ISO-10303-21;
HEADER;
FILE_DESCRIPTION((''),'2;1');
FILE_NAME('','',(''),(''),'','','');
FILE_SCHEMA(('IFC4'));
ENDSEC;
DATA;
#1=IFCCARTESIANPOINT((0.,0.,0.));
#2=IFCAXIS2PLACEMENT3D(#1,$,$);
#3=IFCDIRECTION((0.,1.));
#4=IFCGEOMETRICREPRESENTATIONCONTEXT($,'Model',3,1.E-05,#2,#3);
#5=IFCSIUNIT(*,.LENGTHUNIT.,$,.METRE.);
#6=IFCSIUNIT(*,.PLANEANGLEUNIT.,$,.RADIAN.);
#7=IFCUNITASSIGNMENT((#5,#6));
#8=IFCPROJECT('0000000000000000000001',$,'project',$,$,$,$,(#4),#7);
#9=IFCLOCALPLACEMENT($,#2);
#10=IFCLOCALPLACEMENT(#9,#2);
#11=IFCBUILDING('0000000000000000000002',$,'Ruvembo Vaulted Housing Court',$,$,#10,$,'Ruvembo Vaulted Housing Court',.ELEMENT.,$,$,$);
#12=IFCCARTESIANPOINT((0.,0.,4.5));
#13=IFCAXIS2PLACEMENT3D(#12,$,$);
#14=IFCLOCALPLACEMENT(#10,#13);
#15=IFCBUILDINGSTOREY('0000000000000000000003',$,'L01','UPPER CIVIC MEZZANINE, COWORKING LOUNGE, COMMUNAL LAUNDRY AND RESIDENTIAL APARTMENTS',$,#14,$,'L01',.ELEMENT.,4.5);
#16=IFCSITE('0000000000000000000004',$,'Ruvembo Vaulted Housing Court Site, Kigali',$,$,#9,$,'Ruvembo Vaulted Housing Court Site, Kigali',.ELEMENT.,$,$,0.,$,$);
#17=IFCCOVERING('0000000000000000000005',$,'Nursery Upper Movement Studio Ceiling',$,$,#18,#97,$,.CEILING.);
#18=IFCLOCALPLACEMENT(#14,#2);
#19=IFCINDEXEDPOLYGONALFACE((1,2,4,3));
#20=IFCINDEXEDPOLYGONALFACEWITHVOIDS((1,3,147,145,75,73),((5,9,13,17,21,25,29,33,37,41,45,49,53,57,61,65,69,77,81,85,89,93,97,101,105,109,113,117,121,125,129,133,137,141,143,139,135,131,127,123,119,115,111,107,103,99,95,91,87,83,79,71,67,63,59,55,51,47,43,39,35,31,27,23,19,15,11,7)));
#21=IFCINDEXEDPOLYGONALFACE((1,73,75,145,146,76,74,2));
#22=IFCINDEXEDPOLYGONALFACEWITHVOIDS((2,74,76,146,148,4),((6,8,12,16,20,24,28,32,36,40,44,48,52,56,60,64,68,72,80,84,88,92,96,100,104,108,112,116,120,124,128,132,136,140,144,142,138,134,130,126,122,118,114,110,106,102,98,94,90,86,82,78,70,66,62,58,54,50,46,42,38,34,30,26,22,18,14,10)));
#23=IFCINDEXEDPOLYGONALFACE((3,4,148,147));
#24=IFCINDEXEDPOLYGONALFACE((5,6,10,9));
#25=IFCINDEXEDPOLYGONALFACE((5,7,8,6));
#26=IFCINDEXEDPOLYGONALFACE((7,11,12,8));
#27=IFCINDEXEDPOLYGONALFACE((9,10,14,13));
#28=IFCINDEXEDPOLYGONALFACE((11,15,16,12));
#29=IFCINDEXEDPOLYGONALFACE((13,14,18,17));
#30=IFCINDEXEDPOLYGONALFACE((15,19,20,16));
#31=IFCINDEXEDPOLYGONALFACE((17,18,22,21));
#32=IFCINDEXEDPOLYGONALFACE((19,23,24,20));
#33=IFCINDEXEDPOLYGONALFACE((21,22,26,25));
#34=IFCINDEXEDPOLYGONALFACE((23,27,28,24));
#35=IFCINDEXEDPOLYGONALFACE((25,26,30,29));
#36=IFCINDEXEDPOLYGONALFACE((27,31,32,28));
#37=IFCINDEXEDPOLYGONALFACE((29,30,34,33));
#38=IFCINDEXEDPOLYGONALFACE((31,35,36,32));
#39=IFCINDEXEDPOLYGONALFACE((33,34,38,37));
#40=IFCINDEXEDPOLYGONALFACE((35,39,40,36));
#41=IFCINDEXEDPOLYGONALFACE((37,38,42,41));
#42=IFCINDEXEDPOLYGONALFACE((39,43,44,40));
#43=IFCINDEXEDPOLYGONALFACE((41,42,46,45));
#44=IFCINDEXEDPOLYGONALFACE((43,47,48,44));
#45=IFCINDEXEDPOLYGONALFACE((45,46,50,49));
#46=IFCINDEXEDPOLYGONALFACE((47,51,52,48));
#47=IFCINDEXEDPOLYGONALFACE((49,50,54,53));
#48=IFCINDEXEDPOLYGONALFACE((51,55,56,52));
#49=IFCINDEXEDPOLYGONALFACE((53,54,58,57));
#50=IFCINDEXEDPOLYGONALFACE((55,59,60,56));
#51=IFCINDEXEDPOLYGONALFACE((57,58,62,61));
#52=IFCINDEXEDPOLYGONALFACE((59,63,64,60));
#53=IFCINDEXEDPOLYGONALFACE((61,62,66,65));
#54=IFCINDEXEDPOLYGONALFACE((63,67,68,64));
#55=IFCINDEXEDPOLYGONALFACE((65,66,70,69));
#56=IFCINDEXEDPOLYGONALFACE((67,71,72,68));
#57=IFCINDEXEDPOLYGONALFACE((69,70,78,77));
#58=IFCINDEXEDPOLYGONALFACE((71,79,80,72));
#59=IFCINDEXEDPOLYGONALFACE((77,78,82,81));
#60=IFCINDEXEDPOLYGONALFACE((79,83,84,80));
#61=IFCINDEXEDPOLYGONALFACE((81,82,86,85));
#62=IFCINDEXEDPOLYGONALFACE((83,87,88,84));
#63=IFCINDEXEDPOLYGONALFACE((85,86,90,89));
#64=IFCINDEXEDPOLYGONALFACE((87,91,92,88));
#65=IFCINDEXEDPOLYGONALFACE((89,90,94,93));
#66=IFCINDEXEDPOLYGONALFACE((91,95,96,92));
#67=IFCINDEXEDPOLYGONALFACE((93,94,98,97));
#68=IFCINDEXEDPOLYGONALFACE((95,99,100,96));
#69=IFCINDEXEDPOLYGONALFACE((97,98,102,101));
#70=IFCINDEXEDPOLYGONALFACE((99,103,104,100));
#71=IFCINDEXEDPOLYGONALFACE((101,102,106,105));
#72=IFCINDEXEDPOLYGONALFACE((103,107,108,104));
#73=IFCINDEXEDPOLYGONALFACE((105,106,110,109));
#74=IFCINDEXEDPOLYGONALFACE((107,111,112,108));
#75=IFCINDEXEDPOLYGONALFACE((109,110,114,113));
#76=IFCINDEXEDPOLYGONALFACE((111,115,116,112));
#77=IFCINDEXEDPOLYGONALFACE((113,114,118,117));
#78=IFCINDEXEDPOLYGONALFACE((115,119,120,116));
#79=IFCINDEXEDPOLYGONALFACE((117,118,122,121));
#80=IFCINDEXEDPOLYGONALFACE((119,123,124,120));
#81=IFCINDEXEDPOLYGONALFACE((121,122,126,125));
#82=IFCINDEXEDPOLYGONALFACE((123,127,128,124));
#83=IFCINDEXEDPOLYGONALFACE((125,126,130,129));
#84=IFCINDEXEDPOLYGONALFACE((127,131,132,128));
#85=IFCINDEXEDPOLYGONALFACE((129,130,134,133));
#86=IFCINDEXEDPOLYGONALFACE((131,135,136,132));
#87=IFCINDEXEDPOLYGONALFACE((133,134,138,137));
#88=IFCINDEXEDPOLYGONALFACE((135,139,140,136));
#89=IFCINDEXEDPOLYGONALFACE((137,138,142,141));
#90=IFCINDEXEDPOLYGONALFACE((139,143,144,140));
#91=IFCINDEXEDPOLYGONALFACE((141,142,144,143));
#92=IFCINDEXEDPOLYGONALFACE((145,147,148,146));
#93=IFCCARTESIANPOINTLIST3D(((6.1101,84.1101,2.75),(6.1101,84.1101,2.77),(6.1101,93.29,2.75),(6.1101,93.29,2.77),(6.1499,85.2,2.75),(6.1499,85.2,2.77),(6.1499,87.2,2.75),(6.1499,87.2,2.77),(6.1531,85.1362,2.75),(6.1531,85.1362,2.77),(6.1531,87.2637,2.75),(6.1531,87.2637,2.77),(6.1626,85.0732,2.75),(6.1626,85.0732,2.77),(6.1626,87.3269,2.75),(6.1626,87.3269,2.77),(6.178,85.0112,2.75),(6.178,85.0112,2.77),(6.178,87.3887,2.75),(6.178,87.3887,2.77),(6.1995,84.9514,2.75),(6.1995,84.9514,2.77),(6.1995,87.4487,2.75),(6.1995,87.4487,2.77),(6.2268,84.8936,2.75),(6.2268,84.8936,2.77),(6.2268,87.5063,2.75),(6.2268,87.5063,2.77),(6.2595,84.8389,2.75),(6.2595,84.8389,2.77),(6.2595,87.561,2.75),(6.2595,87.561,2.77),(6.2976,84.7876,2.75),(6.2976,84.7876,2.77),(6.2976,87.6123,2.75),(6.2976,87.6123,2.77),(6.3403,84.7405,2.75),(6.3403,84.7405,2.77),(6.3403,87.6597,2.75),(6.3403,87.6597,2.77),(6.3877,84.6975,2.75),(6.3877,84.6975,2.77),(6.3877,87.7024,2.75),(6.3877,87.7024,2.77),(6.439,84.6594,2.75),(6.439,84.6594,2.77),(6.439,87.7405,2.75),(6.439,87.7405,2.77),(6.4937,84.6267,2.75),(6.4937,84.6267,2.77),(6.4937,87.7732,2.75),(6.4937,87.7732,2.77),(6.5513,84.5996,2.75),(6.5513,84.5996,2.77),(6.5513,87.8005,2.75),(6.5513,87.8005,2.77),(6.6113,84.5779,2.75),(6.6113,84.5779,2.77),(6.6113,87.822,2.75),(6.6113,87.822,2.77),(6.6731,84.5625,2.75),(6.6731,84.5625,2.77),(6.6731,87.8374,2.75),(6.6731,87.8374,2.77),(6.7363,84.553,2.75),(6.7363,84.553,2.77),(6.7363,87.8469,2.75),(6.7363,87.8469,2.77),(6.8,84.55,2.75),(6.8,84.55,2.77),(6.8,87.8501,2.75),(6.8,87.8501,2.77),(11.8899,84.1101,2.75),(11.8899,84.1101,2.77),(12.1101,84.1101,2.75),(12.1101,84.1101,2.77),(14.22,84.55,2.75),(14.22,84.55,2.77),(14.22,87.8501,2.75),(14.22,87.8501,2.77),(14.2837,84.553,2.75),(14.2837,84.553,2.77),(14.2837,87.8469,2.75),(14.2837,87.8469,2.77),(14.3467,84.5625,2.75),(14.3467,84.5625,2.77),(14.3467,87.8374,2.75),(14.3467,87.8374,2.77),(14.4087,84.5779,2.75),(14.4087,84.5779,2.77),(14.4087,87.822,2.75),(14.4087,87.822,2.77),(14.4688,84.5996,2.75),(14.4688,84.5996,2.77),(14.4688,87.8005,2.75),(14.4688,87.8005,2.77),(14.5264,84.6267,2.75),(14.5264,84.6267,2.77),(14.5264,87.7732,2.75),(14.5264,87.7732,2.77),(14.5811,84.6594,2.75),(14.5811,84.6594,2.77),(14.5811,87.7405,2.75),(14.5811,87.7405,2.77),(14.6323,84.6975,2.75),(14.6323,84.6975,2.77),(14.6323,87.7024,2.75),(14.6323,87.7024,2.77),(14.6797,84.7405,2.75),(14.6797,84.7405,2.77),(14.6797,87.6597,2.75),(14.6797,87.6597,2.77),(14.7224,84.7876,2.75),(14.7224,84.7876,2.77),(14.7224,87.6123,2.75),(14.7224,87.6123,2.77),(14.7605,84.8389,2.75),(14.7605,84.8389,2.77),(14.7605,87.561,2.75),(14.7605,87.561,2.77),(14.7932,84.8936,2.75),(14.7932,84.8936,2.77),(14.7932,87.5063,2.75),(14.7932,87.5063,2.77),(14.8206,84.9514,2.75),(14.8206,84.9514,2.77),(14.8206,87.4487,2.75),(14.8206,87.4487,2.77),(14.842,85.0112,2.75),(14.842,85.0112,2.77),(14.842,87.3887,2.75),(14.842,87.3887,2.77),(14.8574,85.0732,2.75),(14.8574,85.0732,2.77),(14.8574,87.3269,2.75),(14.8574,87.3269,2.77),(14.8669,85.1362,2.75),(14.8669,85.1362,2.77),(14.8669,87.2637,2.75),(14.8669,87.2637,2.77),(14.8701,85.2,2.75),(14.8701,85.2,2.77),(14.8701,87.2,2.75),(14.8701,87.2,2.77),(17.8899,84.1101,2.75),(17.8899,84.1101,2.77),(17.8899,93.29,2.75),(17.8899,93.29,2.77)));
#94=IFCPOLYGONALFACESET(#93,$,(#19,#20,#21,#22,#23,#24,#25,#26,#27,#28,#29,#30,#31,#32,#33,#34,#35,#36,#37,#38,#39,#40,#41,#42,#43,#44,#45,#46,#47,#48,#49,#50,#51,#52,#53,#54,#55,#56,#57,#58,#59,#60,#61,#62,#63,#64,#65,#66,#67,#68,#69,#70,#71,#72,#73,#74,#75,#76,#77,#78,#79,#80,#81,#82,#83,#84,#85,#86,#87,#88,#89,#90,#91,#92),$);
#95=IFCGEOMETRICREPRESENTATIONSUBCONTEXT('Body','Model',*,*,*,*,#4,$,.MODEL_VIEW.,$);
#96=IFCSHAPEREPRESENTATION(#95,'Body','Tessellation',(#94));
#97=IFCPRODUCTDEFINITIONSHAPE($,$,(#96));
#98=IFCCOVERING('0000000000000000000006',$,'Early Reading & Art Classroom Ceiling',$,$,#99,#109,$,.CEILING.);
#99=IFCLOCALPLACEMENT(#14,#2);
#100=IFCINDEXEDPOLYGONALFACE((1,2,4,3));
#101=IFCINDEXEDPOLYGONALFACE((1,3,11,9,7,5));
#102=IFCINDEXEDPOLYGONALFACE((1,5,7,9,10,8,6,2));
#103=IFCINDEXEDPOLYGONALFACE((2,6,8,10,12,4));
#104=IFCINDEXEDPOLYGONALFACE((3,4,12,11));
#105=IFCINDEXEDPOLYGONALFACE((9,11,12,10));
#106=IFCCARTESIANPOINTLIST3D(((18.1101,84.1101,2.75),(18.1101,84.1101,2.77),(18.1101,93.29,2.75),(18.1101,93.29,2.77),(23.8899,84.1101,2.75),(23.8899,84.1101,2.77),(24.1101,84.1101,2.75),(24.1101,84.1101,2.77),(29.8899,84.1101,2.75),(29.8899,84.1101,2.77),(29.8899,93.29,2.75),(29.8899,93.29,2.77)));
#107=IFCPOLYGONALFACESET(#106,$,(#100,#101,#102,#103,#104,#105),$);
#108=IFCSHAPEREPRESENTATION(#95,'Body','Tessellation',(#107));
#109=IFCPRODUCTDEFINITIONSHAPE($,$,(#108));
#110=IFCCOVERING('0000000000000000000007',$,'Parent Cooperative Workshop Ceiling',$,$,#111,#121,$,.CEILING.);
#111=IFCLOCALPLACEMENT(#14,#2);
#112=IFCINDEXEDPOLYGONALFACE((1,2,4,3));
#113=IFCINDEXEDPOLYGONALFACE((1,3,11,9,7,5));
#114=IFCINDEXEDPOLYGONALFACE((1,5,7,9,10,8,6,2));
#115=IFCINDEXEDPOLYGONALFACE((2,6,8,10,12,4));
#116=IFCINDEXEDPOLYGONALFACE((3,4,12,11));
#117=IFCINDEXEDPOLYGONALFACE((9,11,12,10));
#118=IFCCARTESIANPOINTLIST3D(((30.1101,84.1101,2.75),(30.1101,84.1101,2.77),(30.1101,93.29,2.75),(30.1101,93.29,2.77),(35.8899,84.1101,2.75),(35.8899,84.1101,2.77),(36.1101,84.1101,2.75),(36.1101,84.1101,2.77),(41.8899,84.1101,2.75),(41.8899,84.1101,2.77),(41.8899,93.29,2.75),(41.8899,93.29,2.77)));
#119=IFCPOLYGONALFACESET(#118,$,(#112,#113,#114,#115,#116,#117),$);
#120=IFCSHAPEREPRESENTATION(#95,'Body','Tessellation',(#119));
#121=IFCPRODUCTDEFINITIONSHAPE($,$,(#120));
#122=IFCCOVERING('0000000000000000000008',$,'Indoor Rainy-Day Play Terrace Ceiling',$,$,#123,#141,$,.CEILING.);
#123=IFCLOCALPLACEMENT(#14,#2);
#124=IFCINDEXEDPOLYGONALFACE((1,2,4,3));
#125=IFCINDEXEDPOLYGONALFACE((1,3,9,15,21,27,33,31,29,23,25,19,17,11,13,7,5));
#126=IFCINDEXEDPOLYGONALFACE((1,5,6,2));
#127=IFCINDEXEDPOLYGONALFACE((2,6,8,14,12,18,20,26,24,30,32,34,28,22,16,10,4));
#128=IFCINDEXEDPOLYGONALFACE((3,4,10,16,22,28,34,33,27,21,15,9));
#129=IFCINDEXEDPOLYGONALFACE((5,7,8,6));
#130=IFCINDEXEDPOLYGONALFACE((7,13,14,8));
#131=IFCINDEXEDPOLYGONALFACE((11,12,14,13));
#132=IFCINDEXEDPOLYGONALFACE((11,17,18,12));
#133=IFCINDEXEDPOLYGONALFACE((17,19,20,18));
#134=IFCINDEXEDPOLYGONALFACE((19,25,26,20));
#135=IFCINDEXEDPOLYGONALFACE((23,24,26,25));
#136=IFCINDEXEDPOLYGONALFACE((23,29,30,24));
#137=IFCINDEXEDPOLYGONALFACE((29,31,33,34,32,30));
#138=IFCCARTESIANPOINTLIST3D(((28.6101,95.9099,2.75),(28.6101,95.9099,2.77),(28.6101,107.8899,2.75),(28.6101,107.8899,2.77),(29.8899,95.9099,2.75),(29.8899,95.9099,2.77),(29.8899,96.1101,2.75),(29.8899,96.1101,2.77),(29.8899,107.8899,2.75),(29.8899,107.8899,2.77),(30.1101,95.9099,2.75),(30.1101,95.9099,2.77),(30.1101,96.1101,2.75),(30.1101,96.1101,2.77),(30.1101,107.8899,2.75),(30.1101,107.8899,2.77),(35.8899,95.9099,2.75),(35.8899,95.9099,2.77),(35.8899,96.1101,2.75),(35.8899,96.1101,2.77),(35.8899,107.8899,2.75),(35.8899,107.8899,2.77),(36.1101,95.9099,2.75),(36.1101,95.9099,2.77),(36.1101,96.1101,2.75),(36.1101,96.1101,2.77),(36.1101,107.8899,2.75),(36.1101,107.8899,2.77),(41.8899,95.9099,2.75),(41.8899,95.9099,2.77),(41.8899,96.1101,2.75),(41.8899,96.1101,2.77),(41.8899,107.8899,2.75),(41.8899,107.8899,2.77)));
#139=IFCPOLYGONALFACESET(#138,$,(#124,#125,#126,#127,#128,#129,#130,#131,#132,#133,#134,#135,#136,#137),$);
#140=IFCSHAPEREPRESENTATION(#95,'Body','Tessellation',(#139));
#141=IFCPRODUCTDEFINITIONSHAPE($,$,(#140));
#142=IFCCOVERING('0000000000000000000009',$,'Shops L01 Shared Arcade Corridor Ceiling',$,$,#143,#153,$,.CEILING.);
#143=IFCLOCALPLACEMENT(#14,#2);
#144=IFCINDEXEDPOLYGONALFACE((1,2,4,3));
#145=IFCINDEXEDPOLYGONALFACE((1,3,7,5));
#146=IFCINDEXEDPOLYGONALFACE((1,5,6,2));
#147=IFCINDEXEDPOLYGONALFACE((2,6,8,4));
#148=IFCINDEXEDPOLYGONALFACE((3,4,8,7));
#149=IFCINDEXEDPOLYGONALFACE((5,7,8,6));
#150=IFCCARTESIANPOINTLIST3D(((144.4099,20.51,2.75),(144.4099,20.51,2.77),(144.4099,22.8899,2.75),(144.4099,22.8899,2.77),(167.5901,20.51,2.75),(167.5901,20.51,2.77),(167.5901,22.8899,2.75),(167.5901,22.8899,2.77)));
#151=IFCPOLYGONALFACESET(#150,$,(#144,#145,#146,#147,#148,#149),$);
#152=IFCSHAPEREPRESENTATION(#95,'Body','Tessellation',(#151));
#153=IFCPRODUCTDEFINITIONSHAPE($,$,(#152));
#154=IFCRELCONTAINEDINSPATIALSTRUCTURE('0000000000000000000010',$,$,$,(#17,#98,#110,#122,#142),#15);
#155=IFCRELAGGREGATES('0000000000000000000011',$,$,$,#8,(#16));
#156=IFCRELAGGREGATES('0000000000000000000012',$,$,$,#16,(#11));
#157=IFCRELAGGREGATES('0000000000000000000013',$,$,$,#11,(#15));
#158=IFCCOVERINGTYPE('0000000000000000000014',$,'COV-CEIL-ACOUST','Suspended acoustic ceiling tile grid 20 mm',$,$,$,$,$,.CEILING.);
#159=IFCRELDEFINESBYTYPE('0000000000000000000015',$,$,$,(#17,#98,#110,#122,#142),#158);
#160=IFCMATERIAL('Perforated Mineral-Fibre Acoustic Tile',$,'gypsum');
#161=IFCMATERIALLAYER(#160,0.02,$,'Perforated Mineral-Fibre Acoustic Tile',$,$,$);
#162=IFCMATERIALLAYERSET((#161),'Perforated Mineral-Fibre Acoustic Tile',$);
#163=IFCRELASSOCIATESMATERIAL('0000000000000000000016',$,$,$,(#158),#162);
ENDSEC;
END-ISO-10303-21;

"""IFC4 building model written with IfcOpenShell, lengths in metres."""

from ifc_helpers import new_model, si_unit, direction, frame, origin, place, context, subcontext, project, spatial, polyline, outline, extrude, material, layer, layer_set, type_object, element, save


model = new_model("IFC4")

# Units and contexts
model_context = context("Model", 3, precision=1e-05, world=origin(), true_north=direction((0.0, 1.0)))
body_context = subcontext(model_context, "Body", "Model", "MODEL_VIEW")
ifc_project = project(units=[si_unit("LENGTHUNIT", "METRE"), si_unit("PLANEANGLEUNIT", "RADIAN")], contexts=[model_context])

# Site, building, storey
site_placement = place(None, origin())
site = spatial("IfcSite", under=ifc_project, at=site_placement, Name="Ruvembo Vaulted Housing Court Site, Kigali", LongName="Ruvembo Vaulted Housing Court Site, Kigali", CompositionType="ELEMENT", RefElevation=0.0)
building_placement = place(site_placement, origin())
building = spatial("IfcBuilding", under=site, at=building_placement, Name="Ruvembo Vaulted Housing Court", LongName="Ruvembo Vaulted Housing Court", CompositionType="ELEMENT")
storey_placement = place(building_placement, frame((0.0, 0.0, 4.5)))
storey = spatial("IfcBuildingStorey", under=building, at=storey_placement, Name="L01", Description="UPPER CIVIC MEZZANINE, COWORKING LOUNGE, COMMUNAL LAUNDRY AND RESIDENTIAL APARTMENTS", LongName="L01", CompositionType="ELEMENT", Elevation=4.5)

# Coverings
ifc_material_1 = material(Name="Perforated Mineral-Fibre Acoustic Tile", Category="gypsum")
ifc_layer_1 = layer(ifc_material_1, 0.02, Name="Perforated Mineral-Fibre Acoustic Tile")
ifc_layer_set_1 = layer_set([ifc_layer_1], Name="Perforated Mineral-Fibre Acoustic Tile")
covering_type_1 = type_object("IfcCoveringType", Name="COV-CEIL-ACOUST", Description="Suspended acoustic ceiling tile grid 20 mm", PredefinedType="CEILING", material=ifc_layer_set_1)
covering_1_placement = place(storey_placement, frame((0.0, 0.0, 2.75)))
element("IfcCovering", 1, at=covering_1_placement, inside=storey, type_object=covering_type_1, Name="Nursery Upper Movement Studio Ceiling", PredefinedType="CEILING", context=body_context, shape_type="SweptSolid", body=[
    extrude(outline(polyline([(17.8899, 84.1101), (17.8899, 93.29), (6.1101, 93.29), (6.1101, 84.1101), (11.8899, 84.1101), (12.1101, 84.1101), (17.8899, 84.1101)]), holes=[polyline([(14.3467, 84.5625), (14.4087, 84.5779), (14.4688, 84.5996), (14.5264, 84.6267), (14.5811, 84.6594), (14.6323, 84.6975), (14.6797, 84.7405), (14.7224, 84.7876), (14.7605, 84.8389), (14.7932, 84.8936), (14.8206, 84.9514), (14.842, 85.0112), (14.8574, 85.0732), (14.8669, 85.1362), (14.8701, 85.2), (14.8701, 87.2), (14.8669, 87.2637), (14.8574, 87.3269), (14.842, 87.3887), (14.8206, 87.4487), (14.7932, 87.5063), (14.7605, 87.561), (14.7224, 87.6123), (14.6797, 87.6597), (14.6323, 87.7024), (14.5811, 87.7405), (14.5264, 87.7732), (14.4688, 87.8005), (14.4087, 87.822), (14.3467, 87.8374), (14.2837, 87.8469), (14.22, 87.8501), (6.8, 87.8501), (6.7363, 87.8469), (6.6731, 87.8374), (6.6113, 87.822), (6.5513, 87.8005), (6.4937, 87.7732), (6.439, 87.7405), (6.3877, 87.7024), (6.3403, 87.6597), (6.2976, 87.6123), (6.2595, 87.561), (6.2268, 87.5063), (6.1995, 87.4487), (6.178, 87.3887), (6.1626, 87.3269), (6.1531, 87.2637), (6.1499, 87.2), (6.1499, 85.2), (6.1531, 85.1362), (6.1626, 85.0732), (6.178, 85.0112), (6.1995, 84.9514), (6.2268, 84.8936), (6.2595, 84.8389), (6.2976, 84.7876), (6.3403, 84.7405), (6.3877, 84.6975), (6.439, 84.6594), (6.4937, 84.6267), (6.5513, 84.5996), (6.6113, 84.5779), (6.6731, 84.5625), (6.7363, 84.553), (6.8, 84.55), (14.22, 84.55), (14.2837, 84.553), (14.3467, 84.5625)])]), origin(), (0.0, 0.0, 1.0), 0.02),
])
covering_2_placement = place(storey_placement, frame((0.0, 0.0, 2.75)))
element("IfcCovering", 2, at=covering_2_placement, inside=storey, type_object=covering_type_1, Name="Early Reading & Art Classroom Ceiling", PredefinedType="CEILING", context=body_context, shape_type="SweptSolid", body=[
    extrude(outline(polyline([(29.8899, 84.1101), (29.8899, 93.29), (18.1101, 93.29), (18.1101, 84.1101), (23.8899, 84.1101), (24.1101, 84.1101), (29.8899, 84.1101)])), origin(), (0.0, 0.0, 1.0), 0.02),
])
covering_3_placement = place(storey_placement, frame((0.0, 0.0, 2.75)))
element("IfcCovering", 3, at=covering_3_placement, inside=storey, type_object=covering_type_1, Name="Parent Cooperative Workshop Ceiling", PredefinedType="CEILING", context=body_context, shape_type="SweptSolid", body=[
    extrude(outline(polyline([(41.8899, 84.1101), (41.8899, 93.29), (30.1101, 93.29), (30.1101, 84.1101), (35.8899, 84.1101), (36.1101, 84.1101), (41.8899, 84.1101)])), origin(), (0.0, 0.0, 1.0), 0.02),
])
covering_4_placement = place(storey_placement, frame((0.0, 0.0, 2.75)))
element("IfcCovering", 4, at=covering_4_placement, inside=storey, type_object=covering_type_1, Name="Indoor Rainy-Day Play Terrace Ceiling", PredefinedType="CEILING", context=body_context, shape_type="SweptSolid", body=[
    extrude(outline(polyline([(30.1101, 107.8899), (29.8899, 107.8899), (28.6101, 107.8899), (28.6101, 95.9099), (29.8899, 95.9099), (29.8899, 96.1101), (30.1101, 96.1101), (30.1101, 95.9099), (35.8899, 95.9099), (35.8899, 96.1101), (36.1101, 96.1101), (36.1101, 95.9099), (41.8899, 95.9099), (41.8899, 96.1101), (41.8899, 107.8899), (36.1101, 107.8899), (35.8899, 107.8899), (30.1101, 107.8899)])), origin(), (0.0, 0.0, 1.0), 0.02),
])
covering_5_placement = place(storey_placement, frame((0.0, 0.0, 2.75)))
element("IfcCovering", 5, at=covering_5_placement, inside=storey, type_object=covering_type_1, Name="Shops L01 Shared Arcade Corridor Ceiling", PredefinedType="CEILING", context=body_context, shape_type="SweptSolid", body=[
    extrude(outline(polyline([(144.4099, 22.8899), (144.4099, 20.51), (167.5901, 20.51), (167.5901, 22.8899), (144.4099, 22.8899)])), origin(), (0.0, 0.0, 1.0), 0.02),
])

save(model, "model.ifc")
